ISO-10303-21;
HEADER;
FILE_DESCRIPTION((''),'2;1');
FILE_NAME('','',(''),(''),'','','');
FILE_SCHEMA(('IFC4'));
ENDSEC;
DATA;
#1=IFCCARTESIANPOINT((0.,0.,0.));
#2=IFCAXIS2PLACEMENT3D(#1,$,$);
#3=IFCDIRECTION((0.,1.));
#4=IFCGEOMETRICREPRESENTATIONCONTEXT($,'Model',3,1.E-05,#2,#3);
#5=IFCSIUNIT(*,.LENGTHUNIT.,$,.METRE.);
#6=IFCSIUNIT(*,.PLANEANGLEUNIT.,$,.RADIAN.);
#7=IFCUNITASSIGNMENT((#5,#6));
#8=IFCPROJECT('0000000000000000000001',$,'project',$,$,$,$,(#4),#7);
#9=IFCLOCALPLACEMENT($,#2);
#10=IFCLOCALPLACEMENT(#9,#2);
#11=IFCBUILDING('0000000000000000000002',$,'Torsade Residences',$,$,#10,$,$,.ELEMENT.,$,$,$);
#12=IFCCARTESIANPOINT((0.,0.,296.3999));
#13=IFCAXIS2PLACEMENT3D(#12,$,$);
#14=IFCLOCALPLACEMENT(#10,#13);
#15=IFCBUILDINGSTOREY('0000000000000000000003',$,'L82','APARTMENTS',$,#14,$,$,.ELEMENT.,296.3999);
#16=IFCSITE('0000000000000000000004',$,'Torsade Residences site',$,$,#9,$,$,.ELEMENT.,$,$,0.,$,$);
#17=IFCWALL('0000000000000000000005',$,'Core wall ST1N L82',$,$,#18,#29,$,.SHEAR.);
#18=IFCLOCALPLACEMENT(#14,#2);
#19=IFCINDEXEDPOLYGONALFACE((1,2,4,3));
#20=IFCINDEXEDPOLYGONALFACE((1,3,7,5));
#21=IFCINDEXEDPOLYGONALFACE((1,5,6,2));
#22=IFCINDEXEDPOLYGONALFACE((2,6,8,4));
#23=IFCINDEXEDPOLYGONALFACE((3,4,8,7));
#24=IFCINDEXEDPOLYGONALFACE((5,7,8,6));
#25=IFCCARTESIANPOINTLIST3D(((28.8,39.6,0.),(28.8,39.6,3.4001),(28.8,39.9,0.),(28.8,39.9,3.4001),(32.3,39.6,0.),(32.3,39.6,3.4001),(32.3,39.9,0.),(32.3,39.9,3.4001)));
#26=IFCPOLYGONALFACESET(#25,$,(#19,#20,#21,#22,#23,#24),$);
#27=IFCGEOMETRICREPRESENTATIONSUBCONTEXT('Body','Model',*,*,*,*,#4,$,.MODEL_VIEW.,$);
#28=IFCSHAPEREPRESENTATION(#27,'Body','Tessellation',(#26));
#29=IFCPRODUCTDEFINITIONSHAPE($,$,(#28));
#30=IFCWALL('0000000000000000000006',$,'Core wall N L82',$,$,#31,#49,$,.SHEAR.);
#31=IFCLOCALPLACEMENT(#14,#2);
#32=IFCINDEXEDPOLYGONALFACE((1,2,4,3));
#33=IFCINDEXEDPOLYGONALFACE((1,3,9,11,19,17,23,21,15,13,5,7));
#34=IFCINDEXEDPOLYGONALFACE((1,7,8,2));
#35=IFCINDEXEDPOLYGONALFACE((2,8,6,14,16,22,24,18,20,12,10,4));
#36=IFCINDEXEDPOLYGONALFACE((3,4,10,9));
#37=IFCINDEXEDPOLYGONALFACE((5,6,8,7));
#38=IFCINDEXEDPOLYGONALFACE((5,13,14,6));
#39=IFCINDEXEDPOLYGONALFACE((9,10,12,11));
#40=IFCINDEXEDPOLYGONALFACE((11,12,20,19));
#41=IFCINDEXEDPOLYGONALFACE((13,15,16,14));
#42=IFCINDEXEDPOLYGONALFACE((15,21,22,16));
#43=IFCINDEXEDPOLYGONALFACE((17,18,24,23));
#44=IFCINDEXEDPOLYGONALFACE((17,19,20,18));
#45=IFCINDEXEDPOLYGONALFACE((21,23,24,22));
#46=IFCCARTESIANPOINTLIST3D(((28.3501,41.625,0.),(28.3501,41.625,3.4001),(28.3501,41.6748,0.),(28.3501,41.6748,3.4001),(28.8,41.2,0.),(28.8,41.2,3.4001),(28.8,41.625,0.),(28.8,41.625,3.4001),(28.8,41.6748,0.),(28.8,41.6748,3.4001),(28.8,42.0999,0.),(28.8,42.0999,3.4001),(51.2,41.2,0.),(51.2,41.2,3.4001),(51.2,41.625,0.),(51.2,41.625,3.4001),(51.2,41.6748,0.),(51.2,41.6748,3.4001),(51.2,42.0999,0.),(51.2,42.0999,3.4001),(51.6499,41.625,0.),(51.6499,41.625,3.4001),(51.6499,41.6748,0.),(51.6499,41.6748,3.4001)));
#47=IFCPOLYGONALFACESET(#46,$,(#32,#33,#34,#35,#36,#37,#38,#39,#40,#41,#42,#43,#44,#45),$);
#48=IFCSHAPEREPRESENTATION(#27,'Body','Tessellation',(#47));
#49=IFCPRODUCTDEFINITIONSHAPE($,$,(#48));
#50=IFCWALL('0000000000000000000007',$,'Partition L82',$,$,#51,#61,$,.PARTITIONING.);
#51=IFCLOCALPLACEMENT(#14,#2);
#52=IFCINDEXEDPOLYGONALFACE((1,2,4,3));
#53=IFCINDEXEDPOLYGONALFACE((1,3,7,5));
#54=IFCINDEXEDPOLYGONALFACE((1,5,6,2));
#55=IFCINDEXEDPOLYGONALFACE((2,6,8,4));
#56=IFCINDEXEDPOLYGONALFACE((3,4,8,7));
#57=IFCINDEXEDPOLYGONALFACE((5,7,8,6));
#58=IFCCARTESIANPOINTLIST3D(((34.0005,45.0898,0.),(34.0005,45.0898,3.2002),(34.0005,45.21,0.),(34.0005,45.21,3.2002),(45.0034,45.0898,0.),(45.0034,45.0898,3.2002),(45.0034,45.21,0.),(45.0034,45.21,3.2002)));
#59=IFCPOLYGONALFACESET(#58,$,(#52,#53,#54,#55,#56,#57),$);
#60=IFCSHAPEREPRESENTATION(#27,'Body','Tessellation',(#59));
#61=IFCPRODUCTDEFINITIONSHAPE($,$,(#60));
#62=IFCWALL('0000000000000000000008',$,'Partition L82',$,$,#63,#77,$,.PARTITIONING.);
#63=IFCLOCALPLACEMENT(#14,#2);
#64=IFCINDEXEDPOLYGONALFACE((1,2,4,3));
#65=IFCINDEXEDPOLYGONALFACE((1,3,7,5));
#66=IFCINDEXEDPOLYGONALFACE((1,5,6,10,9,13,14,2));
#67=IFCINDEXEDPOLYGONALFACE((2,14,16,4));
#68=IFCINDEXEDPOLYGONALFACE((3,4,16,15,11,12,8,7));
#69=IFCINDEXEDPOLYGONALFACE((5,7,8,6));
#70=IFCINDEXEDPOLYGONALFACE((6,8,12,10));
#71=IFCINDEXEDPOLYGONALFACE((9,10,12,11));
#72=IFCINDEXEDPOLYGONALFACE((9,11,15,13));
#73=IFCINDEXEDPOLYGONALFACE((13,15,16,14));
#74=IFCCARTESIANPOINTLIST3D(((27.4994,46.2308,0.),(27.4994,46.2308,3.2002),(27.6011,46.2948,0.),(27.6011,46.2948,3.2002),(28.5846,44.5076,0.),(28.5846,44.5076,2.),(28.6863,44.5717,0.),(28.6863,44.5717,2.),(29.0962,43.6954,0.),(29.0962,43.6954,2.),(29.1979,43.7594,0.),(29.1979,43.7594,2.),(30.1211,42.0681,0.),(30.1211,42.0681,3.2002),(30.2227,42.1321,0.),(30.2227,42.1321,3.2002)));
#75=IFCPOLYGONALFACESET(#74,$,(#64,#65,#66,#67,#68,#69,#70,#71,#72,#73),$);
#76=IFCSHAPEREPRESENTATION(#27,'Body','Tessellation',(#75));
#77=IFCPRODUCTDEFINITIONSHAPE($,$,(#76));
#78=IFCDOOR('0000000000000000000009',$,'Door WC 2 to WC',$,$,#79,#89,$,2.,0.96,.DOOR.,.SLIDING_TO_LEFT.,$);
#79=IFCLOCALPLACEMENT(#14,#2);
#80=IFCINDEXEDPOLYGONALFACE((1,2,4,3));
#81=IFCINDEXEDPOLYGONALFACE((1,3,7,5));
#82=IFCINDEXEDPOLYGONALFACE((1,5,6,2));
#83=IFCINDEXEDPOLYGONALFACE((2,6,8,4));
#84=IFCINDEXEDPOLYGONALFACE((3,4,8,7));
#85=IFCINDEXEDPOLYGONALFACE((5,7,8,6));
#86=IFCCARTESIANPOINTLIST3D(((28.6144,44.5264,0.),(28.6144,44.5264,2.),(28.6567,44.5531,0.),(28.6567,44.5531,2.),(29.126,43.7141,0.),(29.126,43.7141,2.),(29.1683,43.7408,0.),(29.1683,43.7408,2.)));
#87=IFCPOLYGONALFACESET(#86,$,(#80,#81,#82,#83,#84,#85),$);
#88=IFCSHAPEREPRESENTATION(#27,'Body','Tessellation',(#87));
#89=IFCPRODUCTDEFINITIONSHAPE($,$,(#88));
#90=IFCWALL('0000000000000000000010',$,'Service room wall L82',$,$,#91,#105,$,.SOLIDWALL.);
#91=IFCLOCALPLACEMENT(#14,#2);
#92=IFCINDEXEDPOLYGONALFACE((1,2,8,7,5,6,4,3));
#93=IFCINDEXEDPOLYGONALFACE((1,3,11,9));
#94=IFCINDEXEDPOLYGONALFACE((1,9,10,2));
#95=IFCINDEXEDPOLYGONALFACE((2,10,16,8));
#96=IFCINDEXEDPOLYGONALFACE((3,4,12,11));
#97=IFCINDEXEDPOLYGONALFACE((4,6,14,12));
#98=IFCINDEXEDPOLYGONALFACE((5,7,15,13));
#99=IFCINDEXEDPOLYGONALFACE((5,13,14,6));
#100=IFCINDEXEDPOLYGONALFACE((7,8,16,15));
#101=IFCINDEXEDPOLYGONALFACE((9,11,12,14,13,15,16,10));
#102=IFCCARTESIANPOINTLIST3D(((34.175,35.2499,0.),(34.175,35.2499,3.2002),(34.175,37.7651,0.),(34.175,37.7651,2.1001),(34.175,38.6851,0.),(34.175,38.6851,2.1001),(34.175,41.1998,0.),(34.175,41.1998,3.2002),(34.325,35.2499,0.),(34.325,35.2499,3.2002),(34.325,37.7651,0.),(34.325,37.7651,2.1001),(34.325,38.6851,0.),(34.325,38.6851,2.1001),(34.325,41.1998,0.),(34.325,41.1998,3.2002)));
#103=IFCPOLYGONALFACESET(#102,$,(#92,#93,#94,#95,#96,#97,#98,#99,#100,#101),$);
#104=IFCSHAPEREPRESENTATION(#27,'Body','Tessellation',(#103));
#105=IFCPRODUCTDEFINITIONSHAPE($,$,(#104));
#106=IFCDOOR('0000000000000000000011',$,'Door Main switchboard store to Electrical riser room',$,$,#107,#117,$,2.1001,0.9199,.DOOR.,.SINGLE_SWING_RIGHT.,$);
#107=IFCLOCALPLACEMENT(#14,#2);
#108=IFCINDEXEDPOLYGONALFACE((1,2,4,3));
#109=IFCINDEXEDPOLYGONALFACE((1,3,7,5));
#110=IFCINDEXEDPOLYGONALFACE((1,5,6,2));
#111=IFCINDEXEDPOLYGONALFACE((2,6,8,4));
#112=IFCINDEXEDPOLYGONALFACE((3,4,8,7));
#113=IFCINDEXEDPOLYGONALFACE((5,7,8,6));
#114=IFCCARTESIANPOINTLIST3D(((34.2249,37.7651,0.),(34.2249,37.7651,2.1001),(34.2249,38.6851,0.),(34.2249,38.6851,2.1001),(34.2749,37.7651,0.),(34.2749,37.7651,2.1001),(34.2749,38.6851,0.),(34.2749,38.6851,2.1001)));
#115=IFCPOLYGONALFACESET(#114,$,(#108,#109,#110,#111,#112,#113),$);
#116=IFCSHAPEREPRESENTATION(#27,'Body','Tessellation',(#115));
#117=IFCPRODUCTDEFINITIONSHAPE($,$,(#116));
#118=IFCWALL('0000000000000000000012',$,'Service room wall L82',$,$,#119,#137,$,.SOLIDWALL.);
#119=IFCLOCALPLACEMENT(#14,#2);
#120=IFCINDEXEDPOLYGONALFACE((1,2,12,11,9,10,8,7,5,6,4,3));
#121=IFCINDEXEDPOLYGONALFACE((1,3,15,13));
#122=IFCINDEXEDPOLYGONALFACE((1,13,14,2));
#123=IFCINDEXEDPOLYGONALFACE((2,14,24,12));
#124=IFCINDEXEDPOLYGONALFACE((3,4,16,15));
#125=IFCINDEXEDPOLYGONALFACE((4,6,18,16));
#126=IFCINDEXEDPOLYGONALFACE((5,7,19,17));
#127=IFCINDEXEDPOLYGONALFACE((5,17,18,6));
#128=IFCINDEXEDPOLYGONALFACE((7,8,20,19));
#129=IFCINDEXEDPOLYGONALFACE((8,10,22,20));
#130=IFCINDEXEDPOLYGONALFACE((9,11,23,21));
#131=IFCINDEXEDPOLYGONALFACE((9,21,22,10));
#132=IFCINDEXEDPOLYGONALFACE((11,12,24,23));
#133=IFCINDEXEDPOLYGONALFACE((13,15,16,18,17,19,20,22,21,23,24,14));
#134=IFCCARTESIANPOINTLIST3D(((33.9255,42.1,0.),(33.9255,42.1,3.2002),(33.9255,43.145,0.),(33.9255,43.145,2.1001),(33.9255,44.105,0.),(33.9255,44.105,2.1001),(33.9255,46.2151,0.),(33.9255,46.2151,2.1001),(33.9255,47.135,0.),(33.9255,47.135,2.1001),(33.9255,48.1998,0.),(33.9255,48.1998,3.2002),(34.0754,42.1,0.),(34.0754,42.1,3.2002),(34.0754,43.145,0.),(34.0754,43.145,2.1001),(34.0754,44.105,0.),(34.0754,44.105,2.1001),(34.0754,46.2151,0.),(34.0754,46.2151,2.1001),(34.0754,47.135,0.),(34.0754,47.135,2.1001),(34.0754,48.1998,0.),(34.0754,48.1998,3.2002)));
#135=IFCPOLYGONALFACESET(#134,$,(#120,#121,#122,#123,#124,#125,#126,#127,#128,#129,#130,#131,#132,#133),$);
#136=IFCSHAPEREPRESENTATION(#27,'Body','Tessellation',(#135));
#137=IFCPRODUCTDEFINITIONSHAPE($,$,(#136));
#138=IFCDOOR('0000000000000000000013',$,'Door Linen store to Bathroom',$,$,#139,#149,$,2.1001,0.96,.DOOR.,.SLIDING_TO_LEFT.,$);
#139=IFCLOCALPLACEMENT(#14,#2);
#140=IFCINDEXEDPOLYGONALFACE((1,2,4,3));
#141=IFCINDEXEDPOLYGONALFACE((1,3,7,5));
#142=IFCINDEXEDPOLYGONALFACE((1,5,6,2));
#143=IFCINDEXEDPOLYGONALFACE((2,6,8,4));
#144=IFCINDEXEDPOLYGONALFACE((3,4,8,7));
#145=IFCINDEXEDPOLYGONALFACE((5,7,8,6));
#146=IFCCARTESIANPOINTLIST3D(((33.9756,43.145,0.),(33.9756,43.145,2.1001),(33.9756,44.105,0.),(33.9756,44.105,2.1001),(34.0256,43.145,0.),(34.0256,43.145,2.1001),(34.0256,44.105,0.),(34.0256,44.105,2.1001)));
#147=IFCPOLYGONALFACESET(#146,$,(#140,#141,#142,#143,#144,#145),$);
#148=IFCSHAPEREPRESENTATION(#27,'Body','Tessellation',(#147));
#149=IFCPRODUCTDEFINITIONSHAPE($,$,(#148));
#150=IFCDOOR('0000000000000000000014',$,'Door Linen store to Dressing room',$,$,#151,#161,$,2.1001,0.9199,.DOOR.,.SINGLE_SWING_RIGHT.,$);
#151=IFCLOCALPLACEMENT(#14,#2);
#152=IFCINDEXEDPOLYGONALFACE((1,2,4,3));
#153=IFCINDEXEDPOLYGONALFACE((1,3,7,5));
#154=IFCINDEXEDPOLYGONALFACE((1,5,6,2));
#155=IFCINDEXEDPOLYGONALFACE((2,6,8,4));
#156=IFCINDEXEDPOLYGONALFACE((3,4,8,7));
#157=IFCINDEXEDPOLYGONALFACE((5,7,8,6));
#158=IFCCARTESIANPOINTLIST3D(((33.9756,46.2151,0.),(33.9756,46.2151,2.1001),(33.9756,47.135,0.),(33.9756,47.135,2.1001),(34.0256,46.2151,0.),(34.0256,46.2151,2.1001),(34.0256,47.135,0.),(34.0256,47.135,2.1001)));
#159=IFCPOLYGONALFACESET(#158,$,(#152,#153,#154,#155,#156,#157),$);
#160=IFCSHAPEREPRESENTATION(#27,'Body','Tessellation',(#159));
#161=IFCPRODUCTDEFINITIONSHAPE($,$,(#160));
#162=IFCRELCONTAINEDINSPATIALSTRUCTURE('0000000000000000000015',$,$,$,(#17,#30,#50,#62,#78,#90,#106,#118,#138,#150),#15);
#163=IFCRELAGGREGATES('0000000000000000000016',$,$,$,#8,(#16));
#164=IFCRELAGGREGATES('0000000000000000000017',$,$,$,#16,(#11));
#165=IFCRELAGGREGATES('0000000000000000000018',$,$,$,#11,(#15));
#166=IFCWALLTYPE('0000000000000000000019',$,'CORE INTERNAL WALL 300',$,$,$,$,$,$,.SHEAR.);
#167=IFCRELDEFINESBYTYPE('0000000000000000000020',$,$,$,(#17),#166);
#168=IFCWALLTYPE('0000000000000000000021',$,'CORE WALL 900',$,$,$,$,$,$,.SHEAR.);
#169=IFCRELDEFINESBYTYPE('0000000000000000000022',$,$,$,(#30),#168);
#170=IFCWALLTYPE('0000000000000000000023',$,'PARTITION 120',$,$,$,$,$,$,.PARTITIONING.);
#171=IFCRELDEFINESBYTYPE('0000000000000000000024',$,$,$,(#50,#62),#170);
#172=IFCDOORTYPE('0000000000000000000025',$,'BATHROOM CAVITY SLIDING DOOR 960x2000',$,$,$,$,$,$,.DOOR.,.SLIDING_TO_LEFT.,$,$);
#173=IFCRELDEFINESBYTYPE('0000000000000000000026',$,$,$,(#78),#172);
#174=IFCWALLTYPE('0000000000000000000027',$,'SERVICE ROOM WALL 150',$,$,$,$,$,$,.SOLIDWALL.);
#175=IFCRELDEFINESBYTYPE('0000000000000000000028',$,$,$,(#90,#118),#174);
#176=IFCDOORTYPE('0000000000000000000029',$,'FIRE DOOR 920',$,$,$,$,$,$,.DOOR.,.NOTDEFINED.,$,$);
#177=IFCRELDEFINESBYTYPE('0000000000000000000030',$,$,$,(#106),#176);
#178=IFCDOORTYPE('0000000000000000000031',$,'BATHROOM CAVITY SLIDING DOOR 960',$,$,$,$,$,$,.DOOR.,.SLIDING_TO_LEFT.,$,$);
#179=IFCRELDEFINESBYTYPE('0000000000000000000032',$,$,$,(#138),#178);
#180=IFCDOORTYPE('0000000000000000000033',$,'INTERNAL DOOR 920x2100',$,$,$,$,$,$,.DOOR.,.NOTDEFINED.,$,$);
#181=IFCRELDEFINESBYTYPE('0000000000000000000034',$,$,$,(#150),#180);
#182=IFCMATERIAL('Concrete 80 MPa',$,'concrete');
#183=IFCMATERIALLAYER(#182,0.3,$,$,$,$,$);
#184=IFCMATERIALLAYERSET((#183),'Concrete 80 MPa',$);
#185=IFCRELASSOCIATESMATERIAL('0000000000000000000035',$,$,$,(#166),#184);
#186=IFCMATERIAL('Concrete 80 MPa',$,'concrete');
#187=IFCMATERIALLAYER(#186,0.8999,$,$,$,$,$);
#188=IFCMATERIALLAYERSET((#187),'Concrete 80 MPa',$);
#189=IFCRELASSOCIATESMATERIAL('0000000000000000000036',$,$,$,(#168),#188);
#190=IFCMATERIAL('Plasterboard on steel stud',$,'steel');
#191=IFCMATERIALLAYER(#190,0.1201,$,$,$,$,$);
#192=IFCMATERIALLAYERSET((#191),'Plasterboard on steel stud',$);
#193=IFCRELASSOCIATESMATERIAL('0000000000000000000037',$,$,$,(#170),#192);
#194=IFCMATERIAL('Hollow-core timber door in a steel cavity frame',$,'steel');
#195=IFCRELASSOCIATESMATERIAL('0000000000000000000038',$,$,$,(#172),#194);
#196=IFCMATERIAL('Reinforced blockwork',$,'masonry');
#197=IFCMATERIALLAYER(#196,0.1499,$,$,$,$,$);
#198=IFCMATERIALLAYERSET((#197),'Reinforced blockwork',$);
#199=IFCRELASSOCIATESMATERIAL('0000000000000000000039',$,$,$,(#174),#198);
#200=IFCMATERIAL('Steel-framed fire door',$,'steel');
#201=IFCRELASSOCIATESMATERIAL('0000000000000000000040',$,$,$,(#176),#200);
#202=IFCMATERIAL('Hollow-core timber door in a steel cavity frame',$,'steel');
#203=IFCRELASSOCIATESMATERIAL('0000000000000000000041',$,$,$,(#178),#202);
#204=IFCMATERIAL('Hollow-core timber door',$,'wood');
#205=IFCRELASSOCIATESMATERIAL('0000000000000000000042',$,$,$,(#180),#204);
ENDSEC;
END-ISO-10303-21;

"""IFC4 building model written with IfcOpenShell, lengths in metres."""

from ifc_helpers import new_model, si_unit, direction, frame, frame_2d, origin, place, context, subcontext, project, spatial, polyline, rectangle, outline, extrude, material, layer, layer_set, type_object, element, fill, save


model = new_model("IFC4")

# Units and contexts
model_context = context("Model", 3, precision=1e-05, world=origin(), true_north=direction((0.0, 1.0)))
body_context = subcontext(model_context, "Body", "Model", "MODEL_VIEW")
ifc_project = project(units=[si_unit("LENGTHUNIT", "METRE"), si_unit("PLANEANGLEUNIT", "RADIAN")], contexts=[model_context])

# Site, building, storey
site_placement = place(None, origin())
site = spatial("IfcSite", under=ifc_project, at=site_placement, Name="Torsade Residences site", CompositionType="ELEMENT", RefElevation=0.0)
building_placement = place(site_placement, origin())
building = spatial("IfcBuilding", under=site, at=building_placement, Name="Torsade Residences", CompositionType="ELEMENT")
storey_placement = place(building_placement, frame((0.0, 0.0, 296.3999)))
storey = spatial("IfcBuildingStorey", under=building, at=storey_placement, Name="L82", Description="APARTMENTS", CompositionType="ELEMENT", Elevation=296.3999)

# Walls
ifc_material_1 = material(Name="Concrete 80 MPa", Category="concrete")
ifc_layer_1 = layer(ifc_material_1, 0.3)
ifc_layer_set_1 = layer_set([ifc_layer_1], Name="Concrete 80 MPa")
wall_type_1 = type_object("IfcWallType", Name="CORE INTERNAL WALL 300", PredefinedType="SHEAR", material=ifc_layer_set_1)
wall_1_placement = place(storey_placement, frame((28.8, 39.75, 0.0), z_axis=(0.0, 0.0, 1.0), x_axis=(1.0, 0.0, 0.0)))
element("IfcWall", 1, at=wall_1_placement, inside=storey, type_object=wall_type_1, Name="Core wall ST1N L82", PredefinedType="SHEAR", context=body_context, shape_type="SweptSolid", body=[
    extrude(rectangle(XDim=3.5, YDim=0.3, at=frame_2d((1.75, 0.0))), origin(), (0.0, 0.0, 1.0), 3.4001),
])
ifc_material_2 = material(Name="Concrete 80 MPa", Category="concrete")
ifc_layer_2 = layer(ifc_material_2, 0.8999)
ifc_layer_set_2 = layer_set([ifc_layer_2], Name="Concrete 80 MPa")
wall_type_2 = type_object("IfcWallType", Name="CORE WALL 900", PredefinedType="SHEAR", material=ifc_layer_set_2)
wall_2_placement = place(storey_placement, frame((28.8, 41.6499, 0.0), z_axis=(0.0, 0.0, 1.0), x_axis=(1.0, 0.0, 0.0)))
element("IfcWall", 2, at=wall_2_placement, inside=storey, type_object=wall_type_2, Name="Core wall N L82", PredefinedType="SHEAR", context=body_context, shape_type="SweptSolid", body=[
    extrude(outline(polyline([(0.0, -0.45), (22.3999, -0.45), (22.3999, -0.0249), (22.8499, -0.0249), (22.8499, 0.0249), (22.3999, 0.0249), (22.3999, 0.45), (0.0, 0.45), (0.0, 0.0249), (-0.45, 0.0249), (-0.45, -0.0249), (0.0, -0.0249), (0.0, -0.45)])), origin(), (0.0, 0.0, 1.0), 3.4001),
])
ifc_material_3 = material(Name="Plasterboard on steel stud", Category="steel")
ifc_layer_3 = layer(ifc_material_3, 0.1201)
ifc_layer_set_3 = layer_set([ifc_layer_3], Name="Plasterboard on steel stud")
wall_type_3 = type_object("IfcWallType", Name="PARTITION 120", PredefinedType="PARTITIONING", material=ifc_layer_set_3)
wall_3_placement = place(storey_placement, frame((34.0005, 45.1499, 0.0), z_axis=(0.0, 0.0, 1.0), x_axis=(1.0, 0.0, 0.0)))
element("IfcWall", 3, at=wall_3_placement, inside=storey, type_object=wall_type_3, Name="Partition L82", PredefinedType="PARTITIONING", context=body_context, shape_type="SweptSolid", body=[
    extrude(rectangle(XDim=11.0029, YDim=0.1201, at=frame_2d((5.5015, 0.0))), origin(), (0.0, 0.0, 1.0), 3.2002),
])

# Walls, openings, doors
wall_4_placement = place(storey_placement, frame((30.1719, 42.1001, 0.0), z_axis=(0.0, 0.0, 1.0), x_axis=(-0.532913, 0.84617, 0.0)))
wall_4 = element("IfcWall", 4, at=wall_4_placement, inside=storey, type_object=wall_type_3, Name="Partition L82", PredefinedType="PARTITIONING", context=body_context, shape_type="SweptSolid", body=[
    extrude(rectangle(XDim=4.9194, YDim=0.1201, at=frame_2d((2.4597, 0.0))), origin(), (0.0, 0.0, 1.0), 3.2002),
])
opening_1_placement = place(wall_4_placement, frame((1.9231, 0.0, 0.0)))
opening_1 = element("IfcOpeningElement", 5, at=opening_1_placement, cuts=wall_4, PredefinedType="OPENING", context=body_context, shape_type="SweptSolid", body=[
    extrude(rectangle(XDim=0.96, YDim=2.0, at=frame_2d((0.48, 1.0))), frame((0.0, 0.0701, 0.0), z_axis=(0.0, -1.0, 0.0), x_axis=(1.0, 0.0, 0.0)), (0.0, 0.0, 1.0), 0.1401),
])
ifc_material_4 = material(Name="Hollow-core timber door in a steel cavity frame", Category="steel")
door_type_1 = type_object("IfcDoorType", Name="BATHROOM CAVITY SLIDING DOOR 960x2000", OperationType="SLIDING_TO_LEFT", PredefinedType="DOOR", material=ifc_material_4)
door_1_placement = place(opening_1_placement, origin())
door_1 = element("IfcDoor", 6, at=door_1_placement, inside=storey, type_object=door_type_1, Name="Door WC 2 to WC", OperationType="SLIDING_TO_LEFT", OverallHeight=2.0, OverallWidth=0.96, PredefinedType="DOOR", context=body_context, shape_type="SweptSolid", body=[
    extrude(rectangle(XDim=0.96, YDim=2.0, at=frame_2d((0.48, 1.0))), frame((0.0, 0.0249, 0.0), z_axis=(0.0, -1.0, 0.0), x_axis=(1.0, 0.0, 0.0)), (0.0, 0.0, 1.0), 0.05),
])
fill(opening_1, door_1)
ifc_material_5 = material(Name="Reinforced blockwork", Category="masonry")
ifc_layer_4 = layer(ifc_material_5, 0.1499)
ifc_layer_set_4 = layer_set([ifc_layer_4], Name="Reinforced blockwork")
wall_type_4 = type_object("IfcWallType", Name="SERVICE ROOM WALL 150", PredefinedType="SOLIDWALL", material=ifc_layer_set_4)
wall_5_placement = place(storey_placement, frame((34.25, 41.2, 0.0), z_axis=(0.0, 0.0, 1.0), x_axis=(0.0, -1.0, 0.0)))
wall_5 = element("IfcWall", 7, at=wall_5_placement, inside=storey, type_object=wall_type_4, Name="Service room wall L82", PredefinedType="SOLIDWALL", context=body_context, shape_type="SweptSolid", body=[
    extrude(rectangle(XDim=5.95, YDim=0.1499, at=frame_2d((2.9751, 0.0))), origin(), (0.0, 0.0, 1.0), 3.2002),
])
opening_2_placement = place(wall_5_placement, frame((2.5149, 0.0, 0.0)))
opening_2 = element("IfcOpeningElement", 8, at=opening_2_placement, cuts=wall_5, PredefinedType="OPENING", context=body_context, shape_type="SweptSolid", body=[
    extrude(rectangle(XDim=0.9199, YDim=2.1001, at=frame_2d((0.46, 1.05))), frame((0.0, 0.085, 0.0), z_axis=(0.0, -1.0, 0.0), x_axis=(1.0, 0.0, 0.0)), (0.0, 0.0, 1.0), 0.1699),
])
ifc_material_6 = material(Name="Steel-framed fire door", Category="steel")
door_type_2 = type_object("IfcDoorType", Name="FIRE DOOR 920", OperationType="NOTDEFINED", PredefinedType="DOOR", material=ifc_material_6)
door_2_placement = place(opening_2_placement, origin())
door_2 = element("IfcDoor", 9, at=door_2_placement, inside=storey, type_object=door_type_2, Name="Door Main switchboard store to Electrical riser room", OperationType="SINGLE_SWING_RIGHT", OverallHeight=2.1001, OverallWidth=0.9199, PredefinedType="DOOR", context=body_context, shape_type="SweptSolid", body=[
    extrude(rectangle(XDim=0.9199, YDim=2.1001, at=frame_2d((0.46, 1.05))), frame((0.0, 0.0249, 0.0), z_axis=(0.0, -1.0, 0.0), x_axis=(1.0, 0.0, 0.0)), (0.0, 0.0, 1.0), 0.05),
])
fill(opening_2, door_2)

# Wall, openings, doors
wall_6_placement = place(storey_placement, frame((34.0005, 42.1001, 0.0), z_axis=(0.0, 0.0, 1.0), x_axis=(0.0, 1.0, 0.0)))
wall_6 = element("IfcWall", 10, at=wall_6_placement, inside=storey, type_object=wall_type_4, Name="Service room wall L82", PredefinedType="SOLIDWALL", context=body_context, shape_type="SweptSolid", body=[
    extrude(rectangle(XDim=6.0999, YDim=0.1499, at=frame_2d((3.0498, 0.0))), origin(), (0.0, 0.0, 1.0), 3.2002),
])
opening_3_placement = place(wall_6_placement, frame((4.115, 0.0, 0.0)))
opening_3 = element("IfcOpeningElement", 11, at=opening_3_placement, cuts=wall_6, PredefinedType="OPENING", context=body_context, shape_type="SweptSolid", body=[
    extrude(rectangle(XDim=0.9199, YDim=2.1001, at=frame_2d((0.46, 1.05))), frame((0.0, 0.085, 0.0), z_axis=(0.0, -1.0, 0.0), x_axis=(1.0, 0.0, 0.0)), (0.0, 0.0, 1.0), 0.1699),
])
opening_4_placement = place(wall_6_placement, frame((1.0449, 0.0, 0.0)))
opening_4 = element("IfcOpeningElement", 12, at=opening_4_placement, cuts=wall_6, PredefinedType="OPENING", context=body_context, shape_type="SweptSolid", body=[
    extrude(rectangle(XDim=0.96, YDim=2.1001, at=frame_2d((0.48, 1.05))), frame((0.0, 0.085, 0.0), z_axis=(0.0, -1.0, 0.0), x_axis=(1.0, 0.0, 0.0)), (0.0, 0.0, 1.0), 0.1699),
])
ifc_material_7 = material(Name="Hollow-core timber door in a steel cavity frame", Category="steel")
door_type_3 = type_object("IfcDoorType", Name="BATHROOM CAVITY SLIDING DOOR 960", OperationType="SLIDING_TO_LEFT", PredefinedType="DOOR", material=ifc_material_7)
door_3_placement = place(opening_4_placement, origin())
door_3 = element("IfcDoor", 13, at=door_3_placement, inside=storey, type_object=door_type_3, Name="Door Linen store to Bathroom", OperationType="SLIDING_TO_LEFT", OverallHeight=2.1001, OverallWidth=0.96, PredefinedType="DOOR", context=body_context, shape_type="SweptSolid", body=[
    extrude(rectangle(XDim=0.96, YDim=2.1001, at=frame_2d((0.48, 1.05))), frame((0.0, 0.0249, 0.0), z_axis=(0.0, -1.0, 0.0), x_axis=(1.0, 0.0, 0.0)), (0.0, 0.0, 1.0), 0.05),
])
fill(opening_4, door_3)
ifc_material_8 = material(Name="Hollow-core timber door", Category="wood")
door_type_4 = type_object("IfcDoorType", Name="INTERNAL DOOR 920x2100", OperationType="NOTDEFINED", PredefinedType="DOOR", material=ifc_material_8)
door_4_placement = place(opening_3_placement, origin())
door_4 = element("IfcDoor", 14, at=door_4_placement, inside=storey, type_object=door_type_4, Name="Door Linen store to Dressing room", OperationType="SINGLE_SWING_RIGHT", OverallHeight=2.1001, OverallWidth=0.9199, PredefinedType="DOOR", context=body_context, shape_type="SweptSolid", body=[
    extrude(rectangle(XDim=0.9199, YDim=2.1001, at=frame_2d((0.46, 1.05))), frame((0.0, 0.0249, 0.0), z_axis=(0.0, -1.0, 0.0), x_axis=(1.0, 0.0, 0.0)), (0.0, 0.0, 1.0), 0.05),
])
fill(opening_3, door_4)

save(model, "model.ifc")
